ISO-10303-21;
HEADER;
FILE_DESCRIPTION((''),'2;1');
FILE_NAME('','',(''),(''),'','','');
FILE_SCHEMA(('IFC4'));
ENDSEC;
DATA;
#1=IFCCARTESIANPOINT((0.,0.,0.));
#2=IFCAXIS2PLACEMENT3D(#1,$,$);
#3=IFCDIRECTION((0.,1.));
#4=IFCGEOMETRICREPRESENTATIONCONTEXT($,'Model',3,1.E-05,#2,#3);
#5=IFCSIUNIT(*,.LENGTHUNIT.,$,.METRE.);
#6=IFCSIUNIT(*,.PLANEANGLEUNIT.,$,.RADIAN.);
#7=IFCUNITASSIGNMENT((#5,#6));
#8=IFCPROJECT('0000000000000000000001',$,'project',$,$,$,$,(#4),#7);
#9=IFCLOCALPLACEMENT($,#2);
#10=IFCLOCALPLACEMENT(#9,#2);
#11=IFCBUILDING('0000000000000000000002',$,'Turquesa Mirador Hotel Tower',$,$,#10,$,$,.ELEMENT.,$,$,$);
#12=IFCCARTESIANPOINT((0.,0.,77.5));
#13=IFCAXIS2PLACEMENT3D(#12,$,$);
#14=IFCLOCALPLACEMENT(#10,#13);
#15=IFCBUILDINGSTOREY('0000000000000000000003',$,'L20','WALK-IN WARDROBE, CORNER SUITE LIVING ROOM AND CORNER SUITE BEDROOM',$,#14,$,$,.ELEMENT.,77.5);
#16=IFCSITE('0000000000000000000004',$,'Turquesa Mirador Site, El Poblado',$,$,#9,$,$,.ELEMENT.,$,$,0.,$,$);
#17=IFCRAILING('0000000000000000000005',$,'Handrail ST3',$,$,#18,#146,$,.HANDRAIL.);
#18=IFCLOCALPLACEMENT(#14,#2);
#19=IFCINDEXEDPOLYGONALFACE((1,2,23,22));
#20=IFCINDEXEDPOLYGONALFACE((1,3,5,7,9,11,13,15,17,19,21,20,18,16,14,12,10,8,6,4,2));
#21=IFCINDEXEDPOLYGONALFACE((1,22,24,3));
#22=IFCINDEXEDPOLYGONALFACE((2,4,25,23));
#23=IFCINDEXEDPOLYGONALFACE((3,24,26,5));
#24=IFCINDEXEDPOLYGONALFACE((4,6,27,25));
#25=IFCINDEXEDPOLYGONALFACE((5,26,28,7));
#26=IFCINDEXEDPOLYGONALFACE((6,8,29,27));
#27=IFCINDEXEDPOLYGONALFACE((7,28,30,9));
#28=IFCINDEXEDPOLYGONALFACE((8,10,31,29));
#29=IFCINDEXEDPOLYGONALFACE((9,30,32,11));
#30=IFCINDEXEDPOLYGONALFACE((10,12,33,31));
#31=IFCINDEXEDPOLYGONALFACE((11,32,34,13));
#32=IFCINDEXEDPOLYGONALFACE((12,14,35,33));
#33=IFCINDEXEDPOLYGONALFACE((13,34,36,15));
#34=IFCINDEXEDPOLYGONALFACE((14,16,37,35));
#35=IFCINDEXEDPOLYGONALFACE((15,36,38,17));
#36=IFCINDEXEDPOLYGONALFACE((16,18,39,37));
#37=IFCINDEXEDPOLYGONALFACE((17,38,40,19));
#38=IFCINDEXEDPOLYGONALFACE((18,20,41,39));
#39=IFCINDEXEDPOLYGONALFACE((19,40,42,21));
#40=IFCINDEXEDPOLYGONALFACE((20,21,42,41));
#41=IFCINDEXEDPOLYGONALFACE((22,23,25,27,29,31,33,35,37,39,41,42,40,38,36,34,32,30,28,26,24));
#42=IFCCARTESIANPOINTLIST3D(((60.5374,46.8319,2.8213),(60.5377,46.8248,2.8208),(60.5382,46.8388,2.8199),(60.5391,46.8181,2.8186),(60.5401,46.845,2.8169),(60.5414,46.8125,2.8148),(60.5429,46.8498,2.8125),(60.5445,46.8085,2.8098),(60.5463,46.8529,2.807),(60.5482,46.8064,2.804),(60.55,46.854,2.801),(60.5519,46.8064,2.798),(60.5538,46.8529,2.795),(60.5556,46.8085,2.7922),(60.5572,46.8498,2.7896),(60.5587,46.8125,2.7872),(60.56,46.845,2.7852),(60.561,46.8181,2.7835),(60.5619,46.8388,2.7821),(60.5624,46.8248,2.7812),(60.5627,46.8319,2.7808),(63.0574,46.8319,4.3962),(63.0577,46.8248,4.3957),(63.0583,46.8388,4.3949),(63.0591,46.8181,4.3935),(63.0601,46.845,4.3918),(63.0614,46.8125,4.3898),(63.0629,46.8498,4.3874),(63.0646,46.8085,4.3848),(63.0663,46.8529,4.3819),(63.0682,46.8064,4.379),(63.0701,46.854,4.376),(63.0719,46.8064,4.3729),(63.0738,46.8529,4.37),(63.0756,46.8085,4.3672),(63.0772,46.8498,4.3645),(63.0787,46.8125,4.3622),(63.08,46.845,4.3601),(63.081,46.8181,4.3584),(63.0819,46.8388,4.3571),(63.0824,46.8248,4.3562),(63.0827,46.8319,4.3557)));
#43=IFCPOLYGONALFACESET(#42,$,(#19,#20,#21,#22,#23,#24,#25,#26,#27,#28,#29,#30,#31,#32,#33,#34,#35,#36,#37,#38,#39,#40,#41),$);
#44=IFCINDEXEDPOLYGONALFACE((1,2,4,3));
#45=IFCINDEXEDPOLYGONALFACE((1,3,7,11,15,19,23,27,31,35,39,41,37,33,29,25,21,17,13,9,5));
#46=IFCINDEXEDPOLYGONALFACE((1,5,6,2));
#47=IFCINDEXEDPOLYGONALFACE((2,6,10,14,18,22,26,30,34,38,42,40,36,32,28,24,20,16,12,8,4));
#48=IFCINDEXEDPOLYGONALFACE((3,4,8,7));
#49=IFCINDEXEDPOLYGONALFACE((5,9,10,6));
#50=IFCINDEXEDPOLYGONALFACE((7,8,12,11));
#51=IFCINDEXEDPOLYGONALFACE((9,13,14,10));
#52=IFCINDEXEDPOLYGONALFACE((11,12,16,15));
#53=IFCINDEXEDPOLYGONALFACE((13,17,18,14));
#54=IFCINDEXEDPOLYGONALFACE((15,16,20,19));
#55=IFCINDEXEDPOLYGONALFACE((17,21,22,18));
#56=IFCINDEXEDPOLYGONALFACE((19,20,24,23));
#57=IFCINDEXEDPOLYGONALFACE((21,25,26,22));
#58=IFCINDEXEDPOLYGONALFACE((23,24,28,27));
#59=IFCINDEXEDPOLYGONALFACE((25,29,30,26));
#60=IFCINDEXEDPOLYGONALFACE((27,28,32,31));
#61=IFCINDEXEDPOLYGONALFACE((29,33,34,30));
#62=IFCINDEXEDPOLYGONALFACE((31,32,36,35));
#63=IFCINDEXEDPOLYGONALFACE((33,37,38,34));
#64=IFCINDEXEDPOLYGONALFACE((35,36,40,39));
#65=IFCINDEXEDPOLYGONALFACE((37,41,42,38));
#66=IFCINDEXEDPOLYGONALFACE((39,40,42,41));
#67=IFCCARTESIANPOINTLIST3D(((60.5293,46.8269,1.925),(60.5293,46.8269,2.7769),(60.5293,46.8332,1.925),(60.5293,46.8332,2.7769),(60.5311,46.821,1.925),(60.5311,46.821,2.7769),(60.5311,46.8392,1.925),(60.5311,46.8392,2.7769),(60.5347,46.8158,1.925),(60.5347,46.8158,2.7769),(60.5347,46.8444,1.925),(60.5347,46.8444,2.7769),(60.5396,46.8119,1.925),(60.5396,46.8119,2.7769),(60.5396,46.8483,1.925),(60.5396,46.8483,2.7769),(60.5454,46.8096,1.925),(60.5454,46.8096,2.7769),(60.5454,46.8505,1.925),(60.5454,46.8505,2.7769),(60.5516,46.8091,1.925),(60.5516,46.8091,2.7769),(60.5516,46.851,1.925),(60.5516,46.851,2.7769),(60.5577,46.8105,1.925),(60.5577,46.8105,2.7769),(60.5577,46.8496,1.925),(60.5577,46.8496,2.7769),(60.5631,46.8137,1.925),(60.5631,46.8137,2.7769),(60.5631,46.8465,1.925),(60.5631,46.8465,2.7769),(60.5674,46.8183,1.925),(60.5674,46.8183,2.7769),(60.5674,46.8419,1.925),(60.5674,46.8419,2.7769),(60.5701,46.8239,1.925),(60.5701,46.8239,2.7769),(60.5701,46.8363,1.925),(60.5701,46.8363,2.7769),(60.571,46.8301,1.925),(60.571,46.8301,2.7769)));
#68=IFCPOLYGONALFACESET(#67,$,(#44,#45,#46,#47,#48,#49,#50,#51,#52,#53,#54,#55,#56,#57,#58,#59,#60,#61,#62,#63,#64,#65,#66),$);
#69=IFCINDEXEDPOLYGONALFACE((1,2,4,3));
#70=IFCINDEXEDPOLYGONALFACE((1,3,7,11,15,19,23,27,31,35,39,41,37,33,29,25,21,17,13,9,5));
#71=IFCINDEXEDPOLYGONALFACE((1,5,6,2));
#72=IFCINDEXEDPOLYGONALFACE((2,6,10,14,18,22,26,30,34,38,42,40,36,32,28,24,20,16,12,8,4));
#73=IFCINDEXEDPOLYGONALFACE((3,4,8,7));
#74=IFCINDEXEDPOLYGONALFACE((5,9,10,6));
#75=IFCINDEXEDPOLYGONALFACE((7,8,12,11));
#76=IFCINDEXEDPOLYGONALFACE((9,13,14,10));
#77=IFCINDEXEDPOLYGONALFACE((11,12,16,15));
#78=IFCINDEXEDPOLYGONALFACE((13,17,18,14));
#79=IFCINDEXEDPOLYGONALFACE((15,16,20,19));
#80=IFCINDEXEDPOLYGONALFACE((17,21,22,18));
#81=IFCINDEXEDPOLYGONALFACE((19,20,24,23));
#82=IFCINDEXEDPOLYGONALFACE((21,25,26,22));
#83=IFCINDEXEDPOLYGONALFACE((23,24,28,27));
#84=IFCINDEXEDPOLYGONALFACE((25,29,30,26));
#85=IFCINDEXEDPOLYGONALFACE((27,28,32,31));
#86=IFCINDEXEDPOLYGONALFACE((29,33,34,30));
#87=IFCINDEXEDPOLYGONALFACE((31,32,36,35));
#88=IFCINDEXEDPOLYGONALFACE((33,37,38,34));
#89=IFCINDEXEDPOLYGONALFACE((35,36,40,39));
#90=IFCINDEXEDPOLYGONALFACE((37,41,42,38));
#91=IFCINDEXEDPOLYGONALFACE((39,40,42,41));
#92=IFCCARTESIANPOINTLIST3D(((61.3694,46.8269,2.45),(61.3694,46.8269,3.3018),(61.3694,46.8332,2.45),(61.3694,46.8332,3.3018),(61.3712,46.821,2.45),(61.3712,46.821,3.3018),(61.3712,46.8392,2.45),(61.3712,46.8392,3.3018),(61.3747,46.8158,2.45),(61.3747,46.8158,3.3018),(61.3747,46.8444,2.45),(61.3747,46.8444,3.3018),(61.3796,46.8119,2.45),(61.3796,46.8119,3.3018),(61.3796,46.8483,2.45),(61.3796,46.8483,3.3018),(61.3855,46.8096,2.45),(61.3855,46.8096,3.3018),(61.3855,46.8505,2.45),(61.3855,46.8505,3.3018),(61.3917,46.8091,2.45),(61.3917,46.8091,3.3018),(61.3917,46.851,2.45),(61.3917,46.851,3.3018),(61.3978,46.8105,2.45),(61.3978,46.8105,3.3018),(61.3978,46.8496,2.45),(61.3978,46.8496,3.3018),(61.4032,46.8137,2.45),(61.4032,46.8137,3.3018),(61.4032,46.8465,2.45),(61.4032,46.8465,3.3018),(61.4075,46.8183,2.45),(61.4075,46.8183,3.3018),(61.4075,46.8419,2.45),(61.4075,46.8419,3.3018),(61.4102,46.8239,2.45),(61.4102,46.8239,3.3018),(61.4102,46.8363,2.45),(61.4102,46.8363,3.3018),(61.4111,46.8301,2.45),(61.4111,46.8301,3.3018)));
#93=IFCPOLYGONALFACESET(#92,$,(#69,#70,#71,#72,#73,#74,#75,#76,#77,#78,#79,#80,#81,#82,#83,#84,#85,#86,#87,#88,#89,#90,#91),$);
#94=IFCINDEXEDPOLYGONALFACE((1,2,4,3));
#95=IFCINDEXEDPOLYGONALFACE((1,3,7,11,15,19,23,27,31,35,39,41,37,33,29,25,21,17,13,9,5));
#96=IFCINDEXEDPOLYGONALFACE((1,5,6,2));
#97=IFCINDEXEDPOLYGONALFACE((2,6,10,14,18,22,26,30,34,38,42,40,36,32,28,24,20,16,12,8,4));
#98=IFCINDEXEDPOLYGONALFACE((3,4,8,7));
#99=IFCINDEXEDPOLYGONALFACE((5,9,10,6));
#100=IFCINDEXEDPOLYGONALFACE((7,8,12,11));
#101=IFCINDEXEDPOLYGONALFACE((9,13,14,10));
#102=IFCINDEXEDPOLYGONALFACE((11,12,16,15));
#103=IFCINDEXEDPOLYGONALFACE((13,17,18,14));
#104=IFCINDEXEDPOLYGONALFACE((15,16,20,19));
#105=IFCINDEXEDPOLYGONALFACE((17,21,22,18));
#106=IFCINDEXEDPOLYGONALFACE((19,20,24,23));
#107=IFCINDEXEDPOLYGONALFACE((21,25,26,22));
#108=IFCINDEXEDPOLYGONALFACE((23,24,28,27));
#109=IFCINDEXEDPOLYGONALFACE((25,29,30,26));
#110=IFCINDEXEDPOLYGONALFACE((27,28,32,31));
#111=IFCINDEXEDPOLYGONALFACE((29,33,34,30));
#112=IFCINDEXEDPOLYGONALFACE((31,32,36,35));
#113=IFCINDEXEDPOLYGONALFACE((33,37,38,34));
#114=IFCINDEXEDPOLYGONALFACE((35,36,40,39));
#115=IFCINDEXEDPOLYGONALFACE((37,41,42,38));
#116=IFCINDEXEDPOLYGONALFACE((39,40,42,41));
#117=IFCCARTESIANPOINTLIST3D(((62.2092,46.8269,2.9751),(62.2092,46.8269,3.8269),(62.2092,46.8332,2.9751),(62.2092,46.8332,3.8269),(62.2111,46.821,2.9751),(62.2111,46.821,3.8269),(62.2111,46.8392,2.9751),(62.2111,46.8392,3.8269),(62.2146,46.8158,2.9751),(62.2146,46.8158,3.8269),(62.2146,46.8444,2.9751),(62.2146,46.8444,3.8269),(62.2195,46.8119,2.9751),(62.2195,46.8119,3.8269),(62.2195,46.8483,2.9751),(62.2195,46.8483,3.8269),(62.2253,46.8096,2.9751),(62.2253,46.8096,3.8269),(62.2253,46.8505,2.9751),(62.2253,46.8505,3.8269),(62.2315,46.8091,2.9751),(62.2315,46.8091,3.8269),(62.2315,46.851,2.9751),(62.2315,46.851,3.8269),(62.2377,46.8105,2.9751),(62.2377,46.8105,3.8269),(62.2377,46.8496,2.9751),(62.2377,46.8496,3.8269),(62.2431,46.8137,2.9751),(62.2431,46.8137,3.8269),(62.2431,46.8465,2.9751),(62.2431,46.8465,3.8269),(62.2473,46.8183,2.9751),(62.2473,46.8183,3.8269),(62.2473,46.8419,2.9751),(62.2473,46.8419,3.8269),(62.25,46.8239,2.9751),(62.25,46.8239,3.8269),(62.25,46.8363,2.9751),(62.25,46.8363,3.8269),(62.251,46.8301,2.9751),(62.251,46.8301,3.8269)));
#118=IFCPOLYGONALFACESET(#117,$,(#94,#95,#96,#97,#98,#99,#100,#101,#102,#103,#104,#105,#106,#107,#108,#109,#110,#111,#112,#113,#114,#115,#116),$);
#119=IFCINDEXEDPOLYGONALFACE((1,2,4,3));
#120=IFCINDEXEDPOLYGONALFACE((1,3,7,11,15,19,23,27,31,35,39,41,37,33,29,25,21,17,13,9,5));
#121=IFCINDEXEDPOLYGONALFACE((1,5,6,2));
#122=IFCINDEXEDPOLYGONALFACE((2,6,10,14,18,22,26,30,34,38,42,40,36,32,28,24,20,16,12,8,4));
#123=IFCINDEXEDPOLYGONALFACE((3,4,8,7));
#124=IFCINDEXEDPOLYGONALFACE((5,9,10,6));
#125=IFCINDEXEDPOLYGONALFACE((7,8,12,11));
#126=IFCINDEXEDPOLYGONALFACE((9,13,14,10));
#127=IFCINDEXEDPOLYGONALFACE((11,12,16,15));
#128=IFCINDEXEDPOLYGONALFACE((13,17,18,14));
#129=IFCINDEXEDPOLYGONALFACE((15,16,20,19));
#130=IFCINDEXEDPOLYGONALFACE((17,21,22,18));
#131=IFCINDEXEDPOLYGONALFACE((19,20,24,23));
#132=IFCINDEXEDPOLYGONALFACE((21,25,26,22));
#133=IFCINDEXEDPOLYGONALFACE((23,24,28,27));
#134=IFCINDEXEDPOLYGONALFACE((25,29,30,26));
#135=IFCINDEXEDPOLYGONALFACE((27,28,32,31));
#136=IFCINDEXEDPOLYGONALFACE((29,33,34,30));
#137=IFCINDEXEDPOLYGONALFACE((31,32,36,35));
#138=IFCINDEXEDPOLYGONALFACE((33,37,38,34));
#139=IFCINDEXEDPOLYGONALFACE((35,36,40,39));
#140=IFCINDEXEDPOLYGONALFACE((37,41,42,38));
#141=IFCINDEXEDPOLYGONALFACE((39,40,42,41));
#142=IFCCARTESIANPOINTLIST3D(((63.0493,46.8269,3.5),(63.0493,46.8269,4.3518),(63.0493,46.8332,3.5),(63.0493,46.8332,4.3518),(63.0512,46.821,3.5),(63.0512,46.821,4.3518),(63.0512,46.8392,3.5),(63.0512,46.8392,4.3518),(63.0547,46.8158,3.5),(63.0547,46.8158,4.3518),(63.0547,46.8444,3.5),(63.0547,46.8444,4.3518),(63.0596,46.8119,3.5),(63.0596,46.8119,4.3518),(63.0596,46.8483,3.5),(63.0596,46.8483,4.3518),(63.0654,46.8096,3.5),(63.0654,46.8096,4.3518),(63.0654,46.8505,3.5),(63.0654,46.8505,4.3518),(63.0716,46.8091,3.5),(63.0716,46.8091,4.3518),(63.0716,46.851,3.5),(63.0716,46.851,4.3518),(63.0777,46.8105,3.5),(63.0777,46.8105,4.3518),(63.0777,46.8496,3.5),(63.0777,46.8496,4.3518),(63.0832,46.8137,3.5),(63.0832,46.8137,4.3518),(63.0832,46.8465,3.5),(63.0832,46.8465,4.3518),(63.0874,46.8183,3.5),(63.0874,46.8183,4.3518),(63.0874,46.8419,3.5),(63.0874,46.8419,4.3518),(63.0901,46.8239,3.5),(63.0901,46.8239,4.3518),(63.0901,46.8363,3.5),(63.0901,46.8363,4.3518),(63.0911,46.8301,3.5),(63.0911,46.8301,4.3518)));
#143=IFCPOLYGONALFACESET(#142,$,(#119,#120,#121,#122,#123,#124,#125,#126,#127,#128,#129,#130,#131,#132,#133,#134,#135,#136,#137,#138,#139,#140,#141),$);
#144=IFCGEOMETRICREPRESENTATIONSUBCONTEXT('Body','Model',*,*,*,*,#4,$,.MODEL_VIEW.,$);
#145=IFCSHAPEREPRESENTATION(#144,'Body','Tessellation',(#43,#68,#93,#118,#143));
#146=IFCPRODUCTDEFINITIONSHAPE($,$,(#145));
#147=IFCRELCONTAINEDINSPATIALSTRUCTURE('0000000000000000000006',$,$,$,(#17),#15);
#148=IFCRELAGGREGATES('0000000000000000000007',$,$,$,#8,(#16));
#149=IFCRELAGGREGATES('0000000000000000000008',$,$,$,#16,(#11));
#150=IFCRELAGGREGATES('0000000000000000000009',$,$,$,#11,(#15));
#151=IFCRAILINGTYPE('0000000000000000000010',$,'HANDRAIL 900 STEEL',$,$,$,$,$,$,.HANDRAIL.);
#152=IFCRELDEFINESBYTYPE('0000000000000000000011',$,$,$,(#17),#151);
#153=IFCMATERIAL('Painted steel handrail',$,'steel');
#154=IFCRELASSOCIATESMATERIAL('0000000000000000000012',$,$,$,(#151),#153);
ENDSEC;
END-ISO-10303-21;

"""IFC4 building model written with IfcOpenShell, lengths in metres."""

from ifc_helpers import new_model, si_unit, direction, frame, origin, origin_2d, place, context, subcontext, project, spatial, circle, extrude, material, type_object, element, save


model = new_model("IFC4")

# Units and contexts
model_context = context("Model", 3, precision=1e-05, world=origin(), true_north=direction((0.0, 1.0)))
body_context = subcontext(model_context, "Body", "Model", "MODEL_VIEW")
ifc_project = project(units=[si_unit("LENGTHUNIT", "METRE"), si_unit("PLANEANGLEUNIT", "RADIAN")], contexts=[model_context])

# Site, building, storey
site_placement = place(None, origin())
site = spatial("IfcSite", under=ifc_project, at=site_placement, Name="Turquesa Mirador Site, El Poblado", CompositionType="ELEMENT", RefElevation=0.0)
building_placement = place(site_placement, origin())
building = spatial("IfcBuilding", under=site, at=building_placement, Name="Turquesa Mirador Hotel Tower", CompositionType="ELEMENT")
storey_placement = place(building_placement, frame((0.0, 0.0, 77.5)))
storey = spatial("IfcBuildingStorey", under=building, at=storey_placement, Name="L20", Description="WALK-IN WARDROBE, CORNER SUITE LIVING ROOM AND CORNER SUITE BEDROOM", CompositionType="ELEMENT", Elevation=77.5)

# Railing
ifc_material_1 = material(Name="Painted steel handrail", Category="steel")
railing_type = type_object("IfcRailingType", Name="HANDRAIL 900 STEEL", PredefinedType="HANDRAIL", material=ifc_material_1)
railing_1_placement = place(storey_placement, frame((60.55, 46.8301, 1.925)))
element("IfcRailing", 1, at=railing_1_placement, inside=storey, type_object=railing_type, Name="Handrail ST3", PredefinedType="HANDRAIL", context=body_context, shape_type="SweptSolid", body=[
    extrude(circle(Radius=0.0239, at=origin_2d()), frame((0.0, 0.0, 0.876), z_axis=(0.848008, 0.0, 0.529984), x_axis=(0.0, 1.0, 0.0)), (0.0, 0.0, 1.0), 2.9717),
    extrude(circle(Radius=0.021, at=origin_2d()), origin(), (0.0, 0.0, 1.0), 0.8518),
    extrude(circle(Radius=0.021, at=origin_2d()), frame((0.8401, 0.0, 0.5249)), (0.0, 0.0, 1.0), 0.8518),
    extrude(circle(Radius=0.021, at=origin_2d()), frame((1.6799, 0.0, 1.05)), (0.0, 0.0, 1.0), 0.8518),
    extrude(circle(Radius=0.021, at=origin_2d()), frame((2.52, 0.0, 1.575)), (0.0, 0.0, 1.0), 0.8518),
])

save(model, "model.ifc")
